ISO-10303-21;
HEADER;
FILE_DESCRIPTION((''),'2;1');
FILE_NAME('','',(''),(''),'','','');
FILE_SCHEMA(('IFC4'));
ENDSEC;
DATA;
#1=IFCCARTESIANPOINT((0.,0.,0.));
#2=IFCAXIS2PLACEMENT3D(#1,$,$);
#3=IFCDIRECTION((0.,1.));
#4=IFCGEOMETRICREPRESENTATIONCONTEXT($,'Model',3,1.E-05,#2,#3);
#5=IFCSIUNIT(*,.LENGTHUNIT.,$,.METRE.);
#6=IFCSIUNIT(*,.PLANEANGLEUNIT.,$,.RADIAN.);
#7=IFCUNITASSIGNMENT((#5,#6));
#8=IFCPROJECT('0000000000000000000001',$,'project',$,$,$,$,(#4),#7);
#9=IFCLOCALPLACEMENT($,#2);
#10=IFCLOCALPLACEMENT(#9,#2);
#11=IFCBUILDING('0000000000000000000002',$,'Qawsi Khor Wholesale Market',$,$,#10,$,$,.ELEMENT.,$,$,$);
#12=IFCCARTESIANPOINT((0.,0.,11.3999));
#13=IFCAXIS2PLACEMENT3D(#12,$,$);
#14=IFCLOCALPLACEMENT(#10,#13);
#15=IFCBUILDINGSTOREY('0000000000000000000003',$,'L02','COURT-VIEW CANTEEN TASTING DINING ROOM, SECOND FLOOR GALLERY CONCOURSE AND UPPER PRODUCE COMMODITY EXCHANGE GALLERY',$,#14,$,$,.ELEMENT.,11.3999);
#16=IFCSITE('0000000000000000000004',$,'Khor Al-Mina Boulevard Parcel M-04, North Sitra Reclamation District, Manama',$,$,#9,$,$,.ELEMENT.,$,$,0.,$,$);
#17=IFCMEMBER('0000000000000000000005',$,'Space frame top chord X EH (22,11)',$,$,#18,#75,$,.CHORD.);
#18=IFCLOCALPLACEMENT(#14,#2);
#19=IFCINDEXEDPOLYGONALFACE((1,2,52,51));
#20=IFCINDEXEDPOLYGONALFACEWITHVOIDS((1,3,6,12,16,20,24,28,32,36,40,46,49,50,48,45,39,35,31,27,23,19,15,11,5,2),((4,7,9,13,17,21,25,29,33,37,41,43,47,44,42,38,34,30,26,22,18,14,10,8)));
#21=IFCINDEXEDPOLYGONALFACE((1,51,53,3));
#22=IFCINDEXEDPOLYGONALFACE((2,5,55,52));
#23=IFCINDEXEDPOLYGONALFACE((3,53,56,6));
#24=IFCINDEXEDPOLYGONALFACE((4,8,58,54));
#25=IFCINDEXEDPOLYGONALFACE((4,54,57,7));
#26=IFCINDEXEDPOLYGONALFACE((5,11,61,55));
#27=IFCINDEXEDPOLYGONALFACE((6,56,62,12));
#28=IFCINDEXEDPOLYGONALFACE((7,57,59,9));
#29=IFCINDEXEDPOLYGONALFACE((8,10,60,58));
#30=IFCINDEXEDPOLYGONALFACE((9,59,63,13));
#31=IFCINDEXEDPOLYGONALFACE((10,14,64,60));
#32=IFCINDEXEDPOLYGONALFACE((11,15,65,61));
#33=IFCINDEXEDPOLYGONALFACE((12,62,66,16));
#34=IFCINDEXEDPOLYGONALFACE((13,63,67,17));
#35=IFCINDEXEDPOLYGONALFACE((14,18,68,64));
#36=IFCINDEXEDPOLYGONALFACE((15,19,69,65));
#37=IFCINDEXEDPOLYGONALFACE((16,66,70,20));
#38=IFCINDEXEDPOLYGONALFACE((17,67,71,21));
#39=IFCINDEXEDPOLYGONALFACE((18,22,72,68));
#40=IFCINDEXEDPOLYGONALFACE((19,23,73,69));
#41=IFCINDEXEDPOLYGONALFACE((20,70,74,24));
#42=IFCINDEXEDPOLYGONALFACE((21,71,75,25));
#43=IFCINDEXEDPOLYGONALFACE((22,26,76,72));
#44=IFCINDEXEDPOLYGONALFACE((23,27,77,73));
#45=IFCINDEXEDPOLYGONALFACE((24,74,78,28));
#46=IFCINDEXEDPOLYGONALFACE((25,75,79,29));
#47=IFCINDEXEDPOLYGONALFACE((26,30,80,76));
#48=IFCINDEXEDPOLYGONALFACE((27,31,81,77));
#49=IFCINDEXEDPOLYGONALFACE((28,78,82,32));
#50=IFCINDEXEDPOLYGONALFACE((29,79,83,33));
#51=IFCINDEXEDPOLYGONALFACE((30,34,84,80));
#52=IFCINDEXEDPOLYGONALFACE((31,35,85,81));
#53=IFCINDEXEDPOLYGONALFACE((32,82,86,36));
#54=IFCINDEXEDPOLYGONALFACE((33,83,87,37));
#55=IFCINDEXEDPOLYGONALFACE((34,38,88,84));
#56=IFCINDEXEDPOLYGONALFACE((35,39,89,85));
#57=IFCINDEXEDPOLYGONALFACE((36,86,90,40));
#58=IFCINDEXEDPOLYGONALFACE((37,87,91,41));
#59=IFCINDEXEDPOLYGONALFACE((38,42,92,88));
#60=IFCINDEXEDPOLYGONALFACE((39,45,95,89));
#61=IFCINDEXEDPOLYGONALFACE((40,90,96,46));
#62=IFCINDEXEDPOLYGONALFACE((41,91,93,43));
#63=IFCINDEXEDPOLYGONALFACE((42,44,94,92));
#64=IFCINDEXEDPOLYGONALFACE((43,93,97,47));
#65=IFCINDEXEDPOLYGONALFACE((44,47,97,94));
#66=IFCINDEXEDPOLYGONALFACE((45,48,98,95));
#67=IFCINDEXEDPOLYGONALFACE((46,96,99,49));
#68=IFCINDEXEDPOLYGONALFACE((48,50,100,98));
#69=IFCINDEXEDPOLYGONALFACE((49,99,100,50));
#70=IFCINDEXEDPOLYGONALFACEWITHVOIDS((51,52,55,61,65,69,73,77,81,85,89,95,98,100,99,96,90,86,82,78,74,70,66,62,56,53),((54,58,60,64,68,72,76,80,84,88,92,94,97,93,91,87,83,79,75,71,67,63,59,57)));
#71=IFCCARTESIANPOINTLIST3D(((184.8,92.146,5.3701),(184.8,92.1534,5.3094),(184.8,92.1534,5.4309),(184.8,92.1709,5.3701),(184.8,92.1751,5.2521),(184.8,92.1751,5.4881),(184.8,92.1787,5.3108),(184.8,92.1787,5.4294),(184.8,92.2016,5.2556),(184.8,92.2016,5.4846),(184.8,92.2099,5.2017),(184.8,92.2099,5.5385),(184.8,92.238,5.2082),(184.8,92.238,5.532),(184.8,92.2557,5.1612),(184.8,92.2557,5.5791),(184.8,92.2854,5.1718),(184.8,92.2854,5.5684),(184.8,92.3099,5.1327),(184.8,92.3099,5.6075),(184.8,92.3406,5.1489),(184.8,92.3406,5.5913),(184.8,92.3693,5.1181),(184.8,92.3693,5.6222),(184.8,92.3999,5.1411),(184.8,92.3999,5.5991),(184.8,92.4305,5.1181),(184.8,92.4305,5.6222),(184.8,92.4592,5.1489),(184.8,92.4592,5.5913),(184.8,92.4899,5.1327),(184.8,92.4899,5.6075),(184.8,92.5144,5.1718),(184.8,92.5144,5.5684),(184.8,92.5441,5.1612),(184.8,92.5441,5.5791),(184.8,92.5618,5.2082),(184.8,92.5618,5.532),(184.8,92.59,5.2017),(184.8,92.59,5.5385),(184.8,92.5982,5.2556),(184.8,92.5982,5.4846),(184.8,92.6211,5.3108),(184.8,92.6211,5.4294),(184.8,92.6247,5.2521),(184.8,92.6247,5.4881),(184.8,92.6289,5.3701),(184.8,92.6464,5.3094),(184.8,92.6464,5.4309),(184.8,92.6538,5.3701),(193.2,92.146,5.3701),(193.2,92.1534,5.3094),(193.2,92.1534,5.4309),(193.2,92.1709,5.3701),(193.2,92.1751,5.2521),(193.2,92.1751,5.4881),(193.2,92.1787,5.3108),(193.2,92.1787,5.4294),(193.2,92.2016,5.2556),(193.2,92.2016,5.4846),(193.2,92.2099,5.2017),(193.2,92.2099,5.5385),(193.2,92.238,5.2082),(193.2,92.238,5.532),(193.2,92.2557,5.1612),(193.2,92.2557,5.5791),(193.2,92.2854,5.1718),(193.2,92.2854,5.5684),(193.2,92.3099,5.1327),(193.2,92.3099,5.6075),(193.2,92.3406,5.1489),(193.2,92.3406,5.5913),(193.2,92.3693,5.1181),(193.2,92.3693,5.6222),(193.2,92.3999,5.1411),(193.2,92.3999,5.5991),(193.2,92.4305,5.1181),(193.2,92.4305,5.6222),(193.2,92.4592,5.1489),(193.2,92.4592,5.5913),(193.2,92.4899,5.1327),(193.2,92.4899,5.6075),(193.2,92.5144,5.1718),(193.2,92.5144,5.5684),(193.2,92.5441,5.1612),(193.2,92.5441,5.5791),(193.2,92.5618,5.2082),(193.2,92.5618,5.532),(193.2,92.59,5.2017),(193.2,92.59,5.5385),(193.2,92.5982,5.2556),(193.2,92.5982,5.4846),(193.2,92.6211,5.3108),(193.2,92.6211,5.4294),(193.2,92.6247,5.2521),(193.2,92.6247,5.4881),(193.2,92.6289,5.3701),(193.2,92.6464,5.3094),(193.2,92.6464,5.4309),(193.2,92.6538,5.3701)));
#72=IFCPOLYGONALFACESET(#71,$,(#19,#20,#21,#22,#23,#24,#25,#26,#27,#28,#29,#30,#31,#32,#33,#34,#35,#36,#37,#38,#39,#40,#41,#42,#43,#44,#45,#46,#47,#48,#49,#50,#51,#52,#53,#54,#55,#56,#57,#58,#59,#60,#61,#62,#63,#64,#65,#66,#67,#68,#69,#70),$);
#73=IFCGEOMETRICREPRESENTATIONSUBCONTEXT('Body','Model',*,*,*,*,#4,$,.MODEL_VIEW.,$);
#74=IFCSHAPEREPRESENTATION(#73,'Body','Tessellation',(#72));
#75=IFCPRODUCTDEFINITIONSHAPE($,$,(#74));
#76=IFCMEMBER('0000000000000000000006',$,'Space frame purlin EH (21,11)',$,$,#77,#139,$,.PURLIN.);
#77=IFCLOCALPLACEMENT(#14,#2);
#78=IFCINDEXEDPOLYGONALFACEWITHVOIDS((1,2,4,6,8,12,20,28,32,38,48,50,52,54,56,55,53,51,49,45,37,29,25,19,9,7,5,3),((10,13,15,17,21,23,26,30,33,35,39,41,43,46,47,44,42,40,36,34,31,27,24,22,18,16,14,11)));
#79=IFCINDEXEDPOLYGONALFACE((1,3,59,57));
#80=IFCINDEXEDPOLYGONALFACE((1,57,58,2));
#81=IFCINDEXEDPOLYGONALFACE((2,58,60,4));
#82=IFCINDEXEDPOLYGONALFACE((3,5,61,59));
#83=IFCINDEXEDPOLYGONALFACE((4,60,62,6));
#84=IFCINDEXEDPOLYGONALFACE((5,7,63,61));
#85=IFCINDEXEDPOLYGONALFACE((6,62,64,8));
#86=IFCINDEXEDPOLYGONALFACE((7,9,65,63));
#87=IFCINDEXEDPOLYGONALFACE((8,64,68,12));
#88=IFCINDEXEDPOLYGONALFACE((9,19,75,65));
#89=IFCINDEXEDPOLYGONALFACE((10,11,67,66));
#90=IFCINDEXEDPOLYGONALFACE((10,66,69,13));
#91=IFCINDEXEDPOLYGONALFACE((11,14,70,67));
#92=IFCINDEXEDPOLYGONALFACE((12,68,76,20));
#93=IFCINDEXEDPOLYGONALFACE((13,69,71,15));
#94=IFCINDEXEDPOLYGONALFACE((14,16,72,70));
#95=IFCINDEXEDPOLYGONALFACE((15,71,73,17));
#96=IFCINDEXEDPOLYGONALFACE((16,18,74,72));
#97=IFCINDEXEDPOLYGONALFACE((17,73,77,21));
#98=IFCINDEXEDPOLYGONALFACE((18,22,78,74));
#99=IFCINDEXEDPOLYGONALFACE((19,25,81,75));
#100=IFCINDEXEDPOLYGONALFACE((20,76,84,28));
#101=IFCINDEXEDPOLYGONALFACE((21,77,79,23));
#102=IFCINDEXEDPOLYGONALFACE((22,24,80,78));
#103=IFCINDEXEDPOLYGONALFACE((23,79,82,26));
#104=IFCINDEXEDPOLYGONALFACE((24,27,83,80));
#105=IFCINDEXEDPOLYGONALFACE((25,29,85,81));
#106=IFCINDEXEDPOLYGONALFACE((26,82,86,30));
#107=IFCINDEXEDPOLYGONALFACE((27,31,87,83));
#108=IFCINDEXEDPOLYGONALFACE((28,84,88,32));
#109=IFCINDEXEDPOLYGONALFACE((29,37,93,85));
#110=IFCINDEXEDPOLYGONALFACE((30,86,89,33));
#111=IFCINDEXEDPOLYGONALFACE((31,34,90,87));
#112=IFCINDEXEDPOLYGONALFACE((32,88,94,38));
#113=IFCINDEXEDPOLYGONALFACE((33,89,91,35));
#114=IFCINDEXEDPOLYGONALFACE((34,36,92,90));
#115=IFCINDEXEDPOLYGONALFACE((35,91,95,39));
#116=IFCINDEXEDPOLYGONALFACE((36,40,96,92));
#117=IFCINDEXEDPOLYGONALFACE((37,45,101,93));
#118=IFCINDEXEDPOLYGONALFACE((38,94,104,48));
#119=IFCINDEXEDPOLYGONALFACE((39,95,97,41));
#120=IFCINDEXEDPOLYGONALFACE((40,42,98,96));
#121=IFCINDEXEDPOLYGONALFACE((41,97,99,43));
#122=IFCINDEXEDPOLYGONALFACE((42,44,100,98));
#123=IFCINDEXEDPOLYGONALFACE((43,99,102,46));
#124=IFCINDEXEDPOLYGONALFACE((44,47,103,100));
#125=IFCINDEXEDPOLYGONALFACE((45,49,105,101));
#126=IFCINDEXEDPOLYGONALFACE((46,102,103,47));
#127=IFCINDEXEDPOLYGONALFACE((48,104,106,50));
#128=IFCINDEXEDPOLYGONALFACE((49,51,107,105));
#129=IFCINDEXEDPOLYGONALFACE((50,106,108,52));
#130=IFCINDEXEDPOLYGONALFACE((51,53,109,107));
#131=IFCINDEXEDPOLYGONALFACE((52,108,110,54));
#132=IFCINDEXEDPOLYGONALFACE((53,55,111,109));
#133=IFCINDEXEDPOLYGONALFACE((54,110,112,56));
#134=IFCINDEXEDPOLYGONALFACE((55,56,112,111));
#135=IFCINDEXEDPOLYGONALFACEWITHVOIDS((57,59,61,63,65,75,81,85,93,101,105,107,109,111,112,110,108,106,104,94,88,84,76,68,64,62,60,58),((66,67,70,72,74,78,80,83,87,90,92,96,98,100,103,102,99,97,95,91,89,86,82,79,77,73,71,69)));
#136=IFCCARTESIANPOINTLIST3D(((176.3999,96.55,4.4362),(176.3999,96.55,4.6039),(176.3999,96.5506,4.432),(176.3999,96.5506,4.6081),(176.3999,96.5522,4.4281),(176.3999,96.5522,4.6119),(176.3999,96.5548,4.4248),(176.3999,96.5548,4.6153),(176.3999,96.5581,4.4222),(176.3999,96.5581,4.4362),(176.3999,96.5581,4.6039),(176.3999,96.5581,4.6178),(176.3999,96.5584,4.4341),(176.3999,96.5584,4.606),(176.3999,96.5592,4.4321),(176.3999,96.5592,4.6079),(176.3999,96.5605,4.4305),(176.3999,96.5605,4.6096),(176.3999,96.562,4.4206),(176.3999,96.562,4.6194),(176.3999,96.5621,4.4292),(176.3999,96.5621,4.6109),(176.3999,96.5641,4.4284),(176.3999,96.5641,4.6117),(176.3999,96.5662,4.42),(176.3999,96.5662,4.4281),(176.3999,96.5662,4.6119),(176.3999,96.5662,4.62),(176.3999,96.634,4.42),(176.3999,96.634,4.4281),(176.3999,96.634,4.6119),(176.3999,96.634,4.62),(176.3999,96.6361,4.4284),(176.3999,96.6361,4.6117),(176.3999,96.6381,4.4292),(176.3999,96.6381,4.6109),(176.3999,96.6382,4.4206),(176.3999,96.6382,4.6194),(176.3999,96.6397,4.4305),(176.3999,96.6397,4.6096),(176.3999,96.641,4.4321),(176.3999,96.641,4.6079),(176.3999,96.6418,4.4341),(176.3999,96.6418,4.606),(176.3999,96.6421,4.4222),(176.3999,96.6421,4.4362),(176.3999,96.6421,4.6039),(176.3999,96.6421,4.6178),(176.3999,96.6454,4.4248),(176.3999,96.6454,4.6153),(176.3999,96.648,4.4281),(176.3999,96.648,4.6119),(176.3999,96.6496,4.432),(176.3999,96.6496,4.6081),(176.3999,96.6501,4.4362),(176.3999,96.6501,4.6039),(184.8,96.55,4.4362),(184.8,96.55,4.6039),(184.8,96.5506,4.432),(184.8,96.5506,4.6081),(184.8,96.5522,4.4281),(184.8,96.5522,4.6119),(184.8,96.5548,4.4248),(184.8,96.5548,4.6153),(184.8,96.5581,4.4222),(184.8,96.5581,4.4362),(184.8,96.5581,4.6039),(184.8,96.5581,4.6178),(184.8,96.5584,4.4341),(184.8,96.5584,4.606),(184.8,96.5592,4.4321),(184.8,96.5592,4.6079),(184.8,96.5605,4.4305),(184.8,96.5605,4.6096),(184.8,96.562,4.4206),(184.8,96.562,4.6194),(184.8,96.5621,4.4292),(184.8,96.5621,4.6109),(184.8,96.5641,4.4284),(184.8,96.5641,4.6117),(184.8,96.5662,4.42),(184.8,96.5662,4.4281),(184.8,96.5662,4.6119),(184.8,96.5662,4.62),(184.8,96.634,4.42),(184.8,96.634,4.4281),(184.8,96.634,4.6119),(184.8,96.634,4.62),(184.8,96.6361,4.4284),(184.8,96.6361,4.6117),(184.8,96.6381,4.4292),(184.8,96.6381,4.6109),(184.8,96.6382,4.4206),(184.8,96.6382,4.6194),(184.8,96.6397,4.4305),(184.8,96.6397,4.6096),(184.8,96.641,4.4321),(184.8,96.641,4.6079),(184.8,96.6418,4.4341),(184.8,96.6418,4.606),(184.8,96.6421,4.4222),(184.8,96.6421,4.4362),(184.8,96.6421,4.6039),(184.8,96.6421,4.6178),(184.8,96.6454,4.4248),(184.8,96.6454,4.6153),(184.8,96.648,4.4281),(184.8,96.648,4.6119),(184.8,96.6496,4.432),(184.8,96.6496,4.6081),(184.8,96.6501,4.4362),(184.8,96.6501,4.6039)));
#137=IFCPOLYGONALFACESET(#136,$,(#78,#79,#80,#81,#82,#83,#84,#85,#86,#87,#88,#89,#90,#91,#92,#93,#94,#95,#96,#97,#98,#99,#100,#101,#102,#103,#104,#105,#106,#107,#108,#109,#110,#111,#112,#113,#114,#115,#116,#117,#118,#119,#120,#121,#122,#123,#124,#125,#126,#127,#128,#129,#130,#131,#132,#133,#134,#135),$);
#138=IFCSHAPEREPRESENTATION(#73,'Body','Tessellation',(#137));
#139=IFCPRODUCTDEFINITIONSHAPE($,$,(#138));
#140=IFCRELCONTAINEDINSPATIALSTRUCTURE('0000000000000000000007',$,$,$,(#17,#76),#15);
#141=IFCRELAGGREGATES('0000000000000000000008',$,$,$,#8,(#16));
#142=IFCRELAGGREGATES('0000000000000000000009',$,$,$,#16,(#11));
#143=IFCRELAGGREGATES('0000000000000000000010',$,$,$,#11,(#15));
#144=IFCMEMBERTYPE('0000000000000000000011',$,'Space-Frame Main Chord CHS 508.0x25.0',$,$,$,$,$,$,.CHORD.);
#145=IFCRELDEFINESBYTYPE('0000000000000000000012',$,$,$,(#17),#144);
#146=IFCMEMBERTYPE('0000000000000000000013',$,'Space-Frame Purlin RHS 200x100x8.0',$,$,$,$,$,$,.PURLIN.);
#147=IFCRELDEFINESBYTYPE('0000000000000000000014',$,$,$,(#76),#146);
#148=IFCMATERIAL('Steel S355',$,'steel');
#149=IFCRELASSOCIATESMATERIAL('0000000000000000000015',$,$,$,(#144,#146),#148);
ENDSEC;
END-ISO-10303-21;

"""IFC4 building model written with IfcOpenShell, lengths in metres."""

from ifc_helpers import new_model, si_unit, direction, frame, origin, origin_2d, place, context, subcontext, project, spatial, hollow_rectangle, hollow_circle, extrude, material, material_profile, profile_set, type_object, element, save


model = new_model("IFC4")

# Units and contexts
model_context = context("Model", 3, precision=1e-05, world=origin(), true_north=direction((0.0, 1.0)))
body_context = subcontext(model_context, "Body", "Model", "MODEL_VIEW")
ifc_project = project(units=[si_unit("LENGTHUNIT", "METRE"), si_unit("PLANEANGLEUNIT", "RADIAN")], contexts=[model_context])

# Site, building, storey
site_placement = place(None, origin())
site = spatial("IfcSite", under=ifc_project, at=site_placement, Name="Khor Al-Mina Boulevard Parcel M-04, North Sitra Reclamation District, Manama", CompositionType="ELEMENT", RefElevation=0.0)
building_placement = place(site_placement, origin())
building = spatial("IfcBuilding", under=site, at=building_placement, Name="Qawsi Khor Wholesale Market", CompositionType="ELEMENT")
storey_placement = place(building_placement, frame((0.0, 0.0, 11.3999)))
storey = spatial("IfcBuildingStorey", under=building, at=storey_placement, Name="L02", Description="COURT-VIEW CANTEEN TASTING DINING ROOM, SECOND FLOOR GALLERY CONCOURSE AND UPPER PRODUCE COMMODITY EXCHANGE GALLERY", CompositionType="ELEMENT", Elevation=11.3999)

# Members
ifc_material_1 = material(Name="Steel S355", Category="steel")
ifc_material_profile_1 = material_profile(ifc_material_1, hollow_circle(Radius=0.2539, WallThickness=0.0249, at=origin_2d()), Name="CHS 508.0x25.0")
ifc_profile_set_1 = profile_set([ifc_material_profile_1], Name="Steel S355")
member_type_1 = type_object("IfcMemberType", Name="Space-Frame Main Chord CHS 508.0x25.0", PredefinedType="CHORD", material=ifc_profile_set_1)
member_1_placement = place(storey_placement, frame((184.8, 92.3999, 5.3701), z_axis=(1.0, 0.0, 0.0), x_axis=(0.0, 1.0, 0.0)))
element("IfcMember", 1, at=member_1_placement, inside=storey, type_object=member_type_1, Name="Space frame top chord X EH (22,11)", PredefinedType="CHORD", context=body_context, shape_type="SweptSolid", body=[
    extrude(hollow_circle(Radius=0.2539, WallThickness=0.0249, at=origin_2d()), origin(), (0.0, 0.0, 1.0), 8.3999),
])
ifc_material_profile_2 = material_profile(ifc_material_1, hollow_rectangle(XDim=0.1001, YDim=0.2, WallThickness=0.0081, InnerFilletRadius=0.0081, OuterFilletRadius=0.0161, at=origin_2d()), Name="RHS 200x100x8.0")
ifc_profile_set_2 = profile_set([ifc_material_profile_2], Name="Steel S355")
member_type_2 = type_object("IfcMemberType", Name="Space-Frame Purlin RHS 200x100x8.0", PredefinedType="PURLIN", material=ifc_profile_set_2)
member_2_placement = place(storey_placement, frame((176.3999, 96.6001, 4.52), z_axis=(1.0, 0.0, 0.0), x_axis=(0.0, 1.0, 0.0)))
element("IfcMember", 2, at=member_2_placement, inside=storey, type_object=member_type_2, Name="Space frame purlin EH (21,11)", PredefinedType="PURLIN", context=body_context, shape_type="SweptSolid", body=[
    extrude(hollow_rectangle(XDim=0.1001, YDim=0.2, WallThickness=0.0081, InnerFilletRadius=0.0081, OuterFilletRadius=0.0161, at=origin_2d()), origin(), (0.0, 0.0, 1.0), 8.4001),
])

save(model, "model.ifc")
